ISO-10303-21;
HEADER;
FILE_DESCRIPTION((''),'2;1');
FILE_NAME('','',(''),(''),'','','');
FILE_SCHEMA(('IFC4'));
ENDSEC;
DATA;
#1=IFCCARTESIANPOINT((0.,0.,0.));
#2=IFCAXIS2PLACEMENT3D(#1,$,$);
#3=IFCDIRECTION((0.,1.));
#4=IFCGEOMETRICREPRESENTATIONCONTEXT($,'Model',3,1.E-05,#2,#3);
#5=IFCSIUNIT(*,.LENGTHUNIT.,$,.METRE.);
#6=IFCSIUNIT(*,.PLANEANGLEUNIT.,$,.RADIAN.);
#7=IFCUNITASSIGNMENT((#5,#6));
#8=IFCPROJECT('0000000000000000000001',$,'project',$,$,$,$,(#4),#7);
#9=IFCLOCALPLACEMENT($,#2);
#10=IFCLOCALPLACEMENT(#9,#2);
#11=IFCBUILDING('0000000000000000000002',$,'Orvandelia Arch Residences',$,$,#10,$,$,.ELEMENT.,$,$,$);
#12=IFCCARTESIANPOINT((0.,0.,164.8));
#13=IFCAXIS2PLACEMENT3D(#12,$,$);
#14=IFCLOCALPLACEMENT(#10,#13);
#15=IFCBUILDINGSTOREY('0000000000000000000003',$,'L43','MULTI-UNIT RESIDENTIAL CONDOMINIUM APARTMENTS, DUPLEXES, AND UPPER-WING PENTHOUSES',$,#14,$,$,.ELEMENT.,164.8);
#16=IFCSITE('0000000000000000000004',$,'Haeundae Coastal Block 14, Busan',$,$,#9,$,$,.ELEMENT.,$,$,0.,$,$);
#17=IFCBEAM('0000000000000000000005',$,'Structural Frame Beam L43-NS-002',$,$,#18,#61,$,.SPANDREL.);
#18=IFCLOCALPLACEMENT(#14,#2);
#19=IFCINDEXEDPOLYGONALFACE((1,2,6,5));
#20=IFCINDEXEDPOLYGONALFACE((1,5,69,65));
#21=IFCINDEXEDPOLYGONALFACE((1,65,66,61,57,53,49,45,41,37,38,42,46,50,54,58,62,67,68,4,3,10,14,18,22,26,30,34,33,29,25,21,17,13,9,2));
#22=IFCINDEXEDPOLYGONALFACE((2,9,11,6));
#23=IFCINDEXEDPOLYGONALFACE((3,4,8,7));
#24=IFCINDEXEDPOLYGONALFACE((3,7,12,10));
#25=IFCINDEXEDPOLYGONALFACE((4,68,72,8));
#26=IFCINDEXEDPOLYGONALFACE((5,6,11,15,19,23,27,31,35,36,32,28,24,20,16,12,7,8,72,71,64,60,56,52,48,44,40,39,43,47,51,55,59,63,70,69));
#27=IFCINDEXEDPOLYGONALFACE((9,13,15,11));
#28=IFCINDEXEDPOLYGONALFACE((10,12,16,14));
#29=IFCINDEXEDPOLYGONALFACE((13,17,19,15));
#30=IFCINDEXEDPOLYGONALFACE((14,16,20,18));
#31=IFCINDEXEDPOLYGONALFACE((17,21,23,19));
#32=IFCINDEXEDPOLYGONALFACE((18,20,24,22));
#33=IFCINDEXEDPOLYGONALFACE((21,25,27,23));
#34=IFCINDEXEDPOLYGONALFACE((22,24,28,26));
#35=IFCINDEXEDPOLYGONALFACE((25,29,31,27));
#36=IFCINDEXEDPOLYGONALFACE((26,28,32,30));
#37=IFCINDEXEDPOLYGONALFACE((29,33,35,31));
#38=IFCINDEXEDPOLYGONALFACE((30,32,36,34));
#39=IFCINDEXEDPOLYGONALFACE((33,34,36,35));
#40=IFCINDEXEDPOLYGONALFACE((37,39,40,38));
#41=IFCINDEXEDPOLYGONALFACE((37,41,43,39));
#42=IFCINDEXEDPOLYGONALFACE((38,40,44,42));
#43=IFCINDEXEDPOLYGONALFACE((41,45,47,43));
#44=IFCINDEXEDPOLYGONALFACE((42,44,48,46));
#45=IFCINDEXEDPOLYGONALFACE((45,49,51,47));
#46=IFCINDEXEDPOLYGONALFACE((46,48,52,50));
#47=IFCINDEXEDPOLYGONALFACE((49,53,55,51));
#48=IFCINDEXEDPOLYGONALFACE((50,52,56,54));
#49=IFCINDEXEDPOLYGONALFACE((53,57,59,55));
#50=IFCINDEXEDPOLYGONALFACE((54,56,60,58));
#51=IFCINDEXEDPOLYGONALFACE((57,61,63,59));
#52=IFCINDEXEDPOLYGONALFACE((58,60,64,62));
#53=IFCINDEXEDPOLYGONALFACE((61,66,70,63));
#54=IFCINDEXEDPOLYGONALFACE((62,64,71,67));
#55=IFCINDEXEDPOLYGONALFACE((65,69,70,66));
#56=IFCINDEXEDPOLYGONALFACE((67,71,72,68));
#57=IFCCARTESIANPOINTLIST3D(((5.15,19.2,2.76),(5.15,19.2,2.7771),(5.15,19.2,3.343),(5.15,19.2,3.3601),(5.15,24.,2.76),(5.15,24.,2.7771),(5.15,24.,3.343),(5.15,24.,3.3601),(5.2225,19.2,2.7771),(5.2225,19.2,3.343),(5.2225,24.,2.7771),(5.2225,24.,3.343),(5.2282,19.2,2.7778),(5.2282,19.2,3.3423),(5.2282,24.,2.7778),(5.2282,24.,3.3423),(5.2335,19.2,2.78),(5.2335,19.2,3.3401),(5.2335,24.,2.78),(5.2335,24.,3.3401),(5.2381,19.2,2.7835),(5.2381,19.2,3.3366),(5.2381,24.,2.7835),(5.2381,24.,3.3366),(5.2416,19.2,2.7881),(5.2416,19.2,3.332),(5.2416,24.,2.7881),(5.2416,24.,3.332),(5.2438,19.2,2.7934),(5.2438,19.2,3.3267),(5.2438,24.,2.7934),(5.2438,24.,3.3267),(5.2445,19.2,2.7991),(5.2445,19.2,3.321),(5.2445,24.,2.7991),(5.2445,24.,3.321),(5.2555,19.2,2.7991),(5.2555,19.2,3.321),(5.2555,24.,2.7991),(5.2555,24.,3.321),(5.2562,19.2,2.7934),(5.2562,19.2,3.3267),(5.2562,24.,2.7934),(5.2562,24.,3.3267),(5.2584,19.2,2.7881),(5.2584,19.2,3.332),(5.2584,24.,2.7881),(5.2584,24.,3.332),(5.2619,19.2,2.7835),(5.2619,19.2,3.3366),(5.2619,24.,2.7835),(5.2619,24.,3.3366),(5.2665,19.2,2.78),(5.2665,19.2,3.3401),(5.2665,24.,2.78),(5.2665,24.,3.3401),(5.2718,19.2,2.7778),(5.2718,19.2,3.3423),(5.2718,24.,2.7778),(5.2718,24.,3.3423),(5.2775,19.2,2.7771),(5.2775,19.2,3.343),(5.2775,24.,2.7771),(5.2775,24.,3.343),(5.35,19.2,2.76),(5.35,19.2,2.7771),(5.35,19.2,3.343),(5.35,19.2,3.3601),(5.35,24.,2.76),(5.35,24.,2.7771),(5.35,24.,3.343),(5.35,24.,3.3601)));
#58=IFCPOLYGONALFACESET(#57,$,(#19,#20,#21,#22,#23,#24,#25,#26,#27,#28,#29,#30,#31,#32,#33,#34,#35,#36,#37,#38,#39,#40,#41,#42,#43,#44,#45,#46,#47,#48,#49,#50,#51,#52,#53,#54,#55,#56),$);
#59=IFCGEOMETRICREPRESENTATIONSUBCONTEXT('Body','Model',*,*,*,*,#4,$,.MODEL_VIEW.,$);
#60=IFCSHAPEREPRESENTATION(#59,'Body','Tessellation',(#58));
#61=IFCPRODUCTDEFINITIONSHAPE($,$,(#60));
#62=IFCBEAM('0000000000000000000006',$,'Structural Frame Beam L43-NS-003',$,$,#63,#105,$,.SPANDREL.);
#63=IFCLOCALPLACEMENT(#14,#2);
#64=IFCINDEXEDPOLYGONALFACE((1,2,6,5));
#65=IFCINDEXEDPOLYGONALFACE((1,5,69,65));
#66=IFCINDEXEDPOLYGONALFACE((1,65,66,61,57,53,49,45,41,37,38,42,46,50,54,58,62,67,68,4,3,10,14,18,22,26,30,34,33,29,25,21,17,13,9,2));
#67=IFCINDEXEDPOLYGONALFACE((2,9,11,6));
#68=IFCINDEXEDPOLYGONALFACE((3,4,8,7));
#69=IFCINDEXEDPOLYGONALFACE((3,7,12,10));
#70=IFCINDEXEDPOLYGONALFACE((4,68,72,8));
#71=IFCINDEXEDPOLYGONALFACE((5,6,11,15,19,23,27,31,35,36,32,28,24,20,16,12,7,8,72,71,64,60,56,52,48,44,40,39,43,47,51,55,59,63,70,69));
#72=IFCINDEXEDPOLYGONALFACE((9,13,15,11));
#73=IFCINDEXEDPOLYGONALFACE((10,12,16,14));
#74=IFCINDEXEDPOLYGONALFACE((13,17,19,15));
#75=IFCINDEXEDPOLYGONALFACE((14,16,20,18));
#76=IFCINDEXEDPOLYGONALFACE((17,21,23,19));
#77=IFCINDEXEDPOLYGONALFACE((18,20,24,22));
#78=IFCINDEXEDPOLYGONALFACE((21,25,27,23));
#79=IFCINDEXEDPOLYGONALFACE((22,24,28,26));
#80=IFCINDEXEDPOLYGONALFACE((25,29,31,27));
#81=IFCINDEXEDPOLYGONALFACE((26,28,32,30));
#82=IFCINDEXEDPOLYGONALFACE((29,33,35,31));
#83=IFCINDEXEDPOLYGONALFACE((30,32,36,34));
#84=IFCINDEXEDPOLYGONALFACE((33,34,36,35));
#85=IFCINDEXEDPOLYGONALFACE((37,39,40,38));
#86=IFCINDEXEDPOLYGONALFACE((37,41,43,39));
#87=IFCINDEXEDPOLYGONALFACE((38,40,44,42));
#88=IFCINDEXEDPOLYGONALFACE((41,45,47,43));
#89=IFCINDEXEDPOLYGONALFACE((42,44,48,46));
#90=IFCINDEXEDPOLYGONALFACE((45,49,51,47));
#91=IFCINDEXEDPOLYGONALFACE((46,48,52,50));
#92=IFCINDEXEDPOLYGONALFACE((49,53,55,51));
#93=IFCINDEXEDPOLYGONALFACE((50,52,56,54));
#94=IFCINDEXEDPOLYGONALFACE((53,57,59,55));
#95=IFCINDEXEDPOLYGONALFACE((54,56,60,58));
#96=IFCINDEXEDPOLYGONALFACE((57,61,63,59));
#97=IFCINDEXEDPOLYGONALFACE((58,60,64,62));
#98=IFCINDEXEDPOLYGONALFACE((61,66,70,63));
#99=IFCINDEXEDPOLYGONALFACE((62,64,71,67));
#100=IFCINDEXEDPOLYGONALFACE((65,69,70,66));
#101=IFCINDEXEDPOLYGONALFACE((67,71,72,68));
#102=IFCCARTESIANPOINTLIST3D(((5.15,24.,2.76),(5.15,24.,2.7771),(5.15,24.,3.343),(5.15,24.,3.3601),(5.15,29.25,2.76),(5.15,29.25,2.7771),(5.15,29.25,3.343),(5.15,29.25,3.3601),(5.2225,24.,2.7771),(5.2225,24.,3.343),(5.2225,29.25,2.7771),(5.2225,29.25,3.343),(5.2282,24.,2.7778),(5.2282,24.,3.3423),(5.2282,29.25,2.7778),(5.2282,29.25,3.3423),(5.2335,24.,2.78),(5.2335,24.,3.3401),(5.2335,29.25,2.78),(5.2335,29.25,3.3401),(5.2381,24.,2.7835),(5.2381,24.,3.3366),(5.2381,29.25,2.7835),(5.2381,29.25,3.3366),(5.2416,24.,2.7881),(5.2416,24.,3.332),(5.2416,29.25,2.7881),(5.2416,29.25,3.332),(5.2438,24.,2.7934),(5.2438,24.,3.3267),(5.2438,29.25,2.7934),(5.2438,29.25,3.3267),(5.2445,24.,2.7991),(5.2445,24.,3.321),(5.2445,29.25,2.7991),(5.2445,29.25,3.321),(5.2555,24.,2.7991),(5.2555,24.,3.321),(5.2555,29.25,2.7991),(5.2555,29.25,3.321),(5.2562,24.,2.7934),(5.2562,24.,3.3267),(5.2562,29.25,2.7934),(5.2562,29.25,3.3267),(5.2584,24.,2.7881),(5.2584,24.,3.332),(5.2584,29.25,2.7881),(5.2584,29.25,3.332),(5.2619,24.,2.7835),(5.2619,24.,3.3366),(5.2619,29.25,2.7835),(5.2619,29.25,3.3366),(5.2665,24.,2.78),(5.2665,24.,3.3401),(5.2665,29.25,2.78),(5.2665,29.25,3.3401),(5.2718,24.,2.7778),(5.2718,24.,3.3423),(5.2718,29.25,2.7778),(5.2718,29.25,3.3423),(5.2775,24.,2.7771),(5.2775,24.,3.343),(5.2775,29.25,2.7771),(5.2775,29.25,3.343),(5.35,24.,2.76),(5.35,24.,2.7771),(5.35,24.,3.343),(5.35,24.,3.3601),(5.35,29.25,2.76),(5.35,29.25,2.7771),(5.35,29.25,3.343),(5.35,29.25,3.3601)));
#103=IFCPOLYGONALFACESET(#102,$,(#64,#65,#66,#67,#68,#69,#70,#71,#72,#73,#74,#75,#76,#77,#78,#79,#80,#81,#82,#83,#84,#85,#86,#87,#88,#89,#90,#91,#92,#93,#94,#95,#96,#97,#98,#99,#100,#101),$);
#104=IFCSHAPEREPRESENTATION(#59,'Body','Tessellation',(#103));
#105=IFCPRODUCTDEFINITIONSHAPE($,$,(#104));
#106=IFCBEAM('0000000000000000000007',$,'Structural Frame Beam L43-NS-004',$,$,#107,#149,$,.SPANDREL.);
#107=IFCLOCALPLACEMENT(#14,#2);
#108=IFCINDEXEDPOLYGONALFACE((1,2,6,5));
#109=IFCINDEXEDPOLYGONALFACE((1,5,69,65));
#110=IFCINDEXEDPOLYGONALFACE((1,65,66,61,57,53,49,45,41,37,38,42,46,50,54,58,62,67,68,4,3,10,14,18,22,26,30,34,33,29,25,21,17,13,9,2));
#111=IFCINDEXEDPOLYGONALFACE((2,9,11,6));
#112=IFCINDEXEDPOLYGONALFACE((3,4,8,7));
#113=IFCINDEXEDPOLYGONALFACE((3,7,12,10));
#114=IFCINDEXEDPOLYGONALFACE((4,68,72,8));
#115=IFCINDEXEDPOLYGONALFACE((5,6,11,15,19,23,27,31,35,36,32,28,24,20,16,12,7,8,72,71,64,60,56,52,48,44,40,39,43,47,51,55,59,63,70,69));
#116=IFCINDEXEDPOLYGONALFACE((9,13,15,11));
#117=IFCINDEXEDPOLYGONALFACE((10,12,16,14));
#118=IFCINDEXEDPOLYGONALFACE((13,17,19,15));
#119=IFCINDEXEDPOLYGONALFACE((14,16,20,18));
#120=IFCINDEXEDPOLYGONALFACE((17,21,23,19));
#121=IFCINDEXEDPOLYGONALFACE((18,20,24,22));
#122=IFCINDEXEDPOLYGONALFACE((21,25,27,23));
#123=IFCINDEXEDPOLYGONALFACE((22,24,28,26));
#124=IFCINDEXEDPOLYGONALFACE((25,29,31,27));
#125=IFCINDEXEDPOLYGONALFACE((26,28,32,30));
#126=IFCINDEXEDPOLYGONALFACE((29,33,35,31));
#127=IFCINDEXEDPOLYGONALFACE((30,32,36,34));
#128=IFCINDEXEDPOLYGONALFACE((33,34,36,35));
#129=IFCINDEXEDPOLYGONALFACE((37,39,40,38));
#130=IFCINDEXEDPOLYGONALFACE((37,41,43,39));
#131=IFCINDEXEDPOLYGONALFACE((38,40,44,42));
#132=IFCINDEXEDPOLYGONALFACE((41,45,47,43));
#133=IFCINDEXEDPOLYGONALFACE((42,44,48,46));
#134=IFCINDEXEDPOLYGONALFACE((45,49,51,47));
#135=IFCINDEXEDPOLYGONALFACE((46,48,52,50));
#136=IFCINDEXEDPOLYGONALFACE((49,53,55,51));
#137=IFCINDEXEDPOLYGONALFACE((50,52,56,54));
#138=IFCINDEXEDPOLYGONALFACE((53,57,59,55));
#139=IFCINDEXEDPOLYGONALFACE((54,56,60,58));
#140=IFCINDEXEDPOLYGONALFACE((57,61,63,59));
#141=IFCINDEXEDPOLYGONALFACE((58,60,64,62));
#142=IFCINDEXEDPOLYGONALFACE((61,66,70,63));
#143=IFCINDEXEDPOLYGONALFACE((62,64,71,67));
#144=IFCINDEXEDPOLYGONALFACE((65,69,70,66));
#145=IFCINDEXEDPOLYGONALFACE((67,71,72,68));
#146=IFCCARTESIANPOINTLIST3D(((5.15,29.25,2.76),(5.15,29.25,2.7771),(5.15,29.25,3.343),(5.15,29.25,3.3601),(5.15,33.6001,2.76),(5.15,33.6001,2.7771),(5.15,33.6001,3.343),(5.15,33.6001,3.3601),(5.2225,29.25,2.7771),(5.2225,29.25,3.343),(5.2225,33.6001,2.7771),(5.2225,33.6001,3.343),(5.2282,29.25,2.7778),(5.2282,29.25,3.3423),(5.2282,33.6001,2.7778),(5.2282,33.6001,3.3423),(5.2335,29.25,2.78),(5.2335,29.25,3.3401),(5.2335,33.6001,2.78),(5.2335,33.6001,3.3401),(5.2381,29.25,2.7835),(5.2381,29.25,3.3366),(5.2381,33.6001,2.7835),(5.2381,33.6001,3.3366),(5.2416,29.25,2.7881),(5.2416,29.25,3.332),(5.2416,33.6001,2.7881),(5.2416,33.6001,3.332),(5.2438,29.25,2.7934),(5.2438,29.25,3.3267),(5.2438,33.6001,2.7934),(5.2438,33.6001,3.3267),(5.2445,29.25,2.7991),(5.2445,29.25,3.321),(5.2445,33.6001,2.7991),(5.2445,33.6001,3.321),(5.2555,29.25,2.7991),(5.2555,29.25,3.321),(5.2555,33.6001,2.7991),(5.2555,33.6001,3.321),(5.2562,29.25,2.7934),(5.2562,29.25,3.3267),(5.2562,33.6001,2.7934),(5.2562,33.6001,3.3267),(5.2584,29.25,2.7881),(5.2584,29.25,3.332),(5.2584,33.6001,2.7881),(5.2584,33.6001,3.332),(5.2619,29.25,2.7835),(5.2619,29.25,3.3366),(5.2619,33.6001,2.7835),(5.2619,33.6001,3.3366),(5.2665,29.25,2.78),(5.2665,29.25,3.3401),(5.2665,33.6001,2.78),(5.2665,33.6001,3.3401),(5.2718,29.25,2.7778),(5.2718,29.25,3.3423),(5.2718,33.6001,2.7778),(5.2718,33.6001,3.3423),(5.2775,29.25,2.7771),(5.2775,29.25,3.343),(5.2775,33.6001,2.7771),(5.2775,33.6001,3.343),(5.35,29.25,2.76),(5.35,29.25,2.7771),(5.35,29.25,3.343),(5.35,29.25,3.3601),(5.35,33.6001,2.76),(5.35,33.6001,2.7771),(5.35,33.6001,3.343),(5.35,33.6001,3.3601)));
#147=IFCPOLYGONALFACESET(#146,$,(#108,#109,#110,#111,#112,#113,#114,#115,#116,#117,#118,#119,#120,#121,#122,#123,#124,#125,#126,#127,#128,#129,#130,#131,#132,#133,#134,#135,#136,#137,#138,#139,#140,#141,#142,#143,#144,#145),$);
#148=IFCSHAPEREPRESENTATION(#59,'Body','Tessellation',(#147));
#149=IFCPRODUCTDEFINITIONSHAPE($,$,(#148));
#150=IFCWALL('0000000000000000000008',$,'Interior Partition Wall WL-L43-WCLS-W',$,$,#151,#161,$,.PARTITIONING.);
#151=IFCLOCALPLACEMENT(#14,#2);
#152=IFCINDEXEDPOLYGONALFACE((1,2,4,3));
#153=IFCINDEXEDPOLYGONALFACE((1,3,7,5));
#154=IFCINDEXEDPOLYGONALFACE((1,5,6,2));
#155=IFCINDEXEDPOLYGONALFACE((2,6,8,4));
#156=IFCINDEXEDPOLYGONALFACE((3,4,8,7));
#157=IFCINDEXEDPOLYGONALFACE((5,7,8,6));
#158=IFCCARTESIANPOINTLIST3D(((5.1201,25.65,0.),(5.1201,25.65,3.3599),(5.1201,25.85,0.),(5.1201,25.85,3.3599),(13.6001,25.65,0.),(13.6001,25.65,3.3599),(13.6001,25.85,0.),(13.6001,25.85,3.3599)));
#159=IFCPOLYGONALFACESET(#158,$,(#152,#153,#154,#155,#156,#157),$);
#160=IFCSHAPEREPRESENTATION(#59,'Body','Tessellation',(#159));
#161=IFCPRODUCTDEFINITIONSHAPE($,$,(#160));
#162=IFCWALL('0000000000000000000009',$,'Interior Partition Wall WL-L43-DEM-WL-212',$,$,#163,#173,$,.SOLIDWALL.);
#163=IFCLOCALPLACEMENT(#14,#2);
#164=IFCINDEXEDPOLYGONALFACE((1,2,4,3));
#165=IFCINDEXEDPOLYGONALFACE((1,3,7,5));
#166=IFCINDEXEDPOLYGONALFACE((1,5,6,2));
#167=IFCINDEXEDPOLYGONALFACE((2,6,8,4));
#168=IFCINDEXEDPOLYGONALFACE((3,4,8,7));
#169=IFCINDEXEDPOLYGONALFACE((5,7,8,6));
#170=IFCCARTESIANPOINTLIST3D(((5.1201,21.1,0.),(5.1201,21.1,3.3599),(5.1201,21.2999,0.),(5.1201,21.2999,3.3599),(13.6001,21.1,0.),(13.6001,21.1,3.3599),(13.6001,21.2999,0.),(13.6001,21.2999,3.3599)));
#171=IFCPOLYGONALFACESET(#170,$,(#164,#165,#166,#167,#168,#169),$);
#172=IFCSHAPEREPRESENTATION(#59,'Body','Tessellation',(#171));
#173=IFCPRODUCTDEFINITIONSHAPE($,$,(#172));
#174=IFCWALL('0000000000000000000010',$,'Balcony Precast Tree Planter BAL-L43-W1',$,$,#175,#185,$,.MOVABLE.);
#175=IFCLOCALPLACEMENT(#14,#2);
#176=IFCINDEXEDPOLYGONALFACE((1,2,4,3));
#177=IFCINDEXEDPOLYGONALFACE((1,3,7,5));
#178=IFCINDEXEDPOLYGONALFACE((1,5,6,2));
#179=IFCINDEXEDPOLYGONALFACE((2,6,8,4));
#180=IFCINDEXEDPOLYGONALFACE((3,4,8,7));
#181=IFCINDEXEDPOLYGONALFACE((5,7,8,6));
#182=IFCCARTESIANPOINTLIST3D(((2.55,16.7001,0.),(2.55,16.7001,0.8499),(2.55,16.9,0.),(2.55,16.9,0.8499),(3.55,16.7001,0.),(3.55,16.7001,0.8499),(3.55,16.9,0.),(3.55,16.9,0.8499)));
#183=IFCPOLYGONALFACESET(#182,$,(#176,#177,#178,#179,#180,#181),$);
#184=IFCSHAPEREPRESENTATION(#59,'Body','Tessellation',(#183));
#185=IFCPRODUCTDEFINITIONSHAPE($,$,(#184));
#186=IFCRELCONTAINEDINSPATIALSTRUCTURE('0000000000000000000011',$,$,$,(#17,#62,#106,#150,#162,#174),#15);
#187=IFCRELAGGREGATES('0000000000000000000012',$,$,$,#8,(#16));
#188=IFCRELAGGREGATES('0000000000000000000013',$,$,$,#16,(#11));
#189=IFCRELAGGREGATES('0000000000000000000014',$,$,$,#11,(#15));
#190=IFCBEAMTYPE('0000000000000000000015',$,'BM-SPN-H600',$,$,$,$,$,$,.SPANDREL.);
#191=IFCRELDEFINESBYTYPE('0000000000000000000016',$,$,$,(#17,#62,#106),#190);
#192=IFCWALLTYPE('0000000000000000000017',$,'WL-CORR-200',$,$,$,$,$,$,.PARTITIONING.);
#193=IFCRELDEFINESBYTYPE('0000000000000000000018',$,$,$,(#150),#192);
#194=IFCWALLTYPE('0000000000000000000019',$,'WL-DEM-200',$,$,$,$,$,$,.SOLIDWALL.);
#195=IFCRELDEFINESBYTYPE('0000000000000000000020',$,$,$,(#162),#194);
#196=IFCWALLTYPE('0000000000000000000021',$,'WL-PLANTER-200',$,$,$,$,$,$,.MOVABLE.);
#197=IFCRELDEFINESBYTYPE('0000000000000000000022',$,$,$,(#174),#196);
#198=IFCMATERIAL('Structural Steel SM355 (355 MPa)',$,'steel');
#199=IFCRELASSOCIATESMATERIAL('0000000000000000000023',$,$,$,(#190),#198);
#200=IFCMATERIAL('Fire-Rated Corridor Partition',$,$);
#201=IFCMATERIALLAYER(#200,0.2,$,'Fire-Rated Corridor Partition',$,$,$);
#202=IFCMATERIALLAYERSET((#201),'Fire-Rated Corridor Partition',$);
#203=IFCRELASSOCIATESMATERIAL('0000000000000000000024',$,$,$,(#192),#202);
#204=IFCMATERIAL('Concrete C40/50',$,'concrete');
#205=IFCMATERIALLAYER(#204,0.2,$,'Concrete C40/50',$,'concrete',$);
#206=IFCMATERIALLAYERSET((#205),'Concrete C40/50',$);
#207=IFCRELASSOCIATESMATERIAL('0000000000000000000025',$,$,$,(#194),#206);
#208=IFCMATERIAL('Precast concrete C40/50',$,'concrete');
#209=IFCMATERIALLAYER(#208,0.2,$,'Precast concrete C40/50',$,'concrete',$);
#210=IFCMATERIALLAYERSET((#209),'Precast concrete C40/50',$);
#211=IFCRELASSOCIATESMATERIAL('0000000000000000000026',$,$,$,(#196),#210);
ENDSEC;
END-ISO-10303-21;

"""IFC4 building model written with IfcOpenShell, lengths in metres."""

from ifc_helpers import new_model, si_unit, direction, frame, frame_2d, origin, origin_2d, place, context, subcontext, project, spatial, rectangle, i_section, extrude, material, layer, layer_set, material_profile, profile_set, type_object, element, save


model = new_model("IFC4")

# Units and contexts
model_context = context("Model", 3, precision=1e-05, world=origin(), true_north=direction((0.0, 1.0)))
body_context = subcontext(model_context, "Body", "Model", "MODEL_VIEW")
ifc_project = project(units=[si_unit("LENGTHUNIT", "METRE"), si_unit("PLANEANGLEUNIT", "RADIAN")], contexts=[model_context])

# Site, building, storey
site_placement = place(None, origin())
site = spatial("IfcSite", under=ifc_project, at=site_placement, Name="Haeundae Coastal Block 14, Busan", CompositionType="ELEMENT", RefElevation=0.0)
building_placement = place(site_placement, origin())
building = spatial("IfcBuilding", under=site, at=building_placement, Name="Orvandelia Arch Residences", CompositionType="ELEMENT")
storey_placement = place(building_placement, frame((0.0, 0.0, 164.8)))
storey = spatial("IfcBuildingStorey", under=building, at=storey_placement, Name="L43", Description="MULTI-UNIT RESIDENTIAL CONDOMINIUM APARTMENTS, DUPLEXES, AND UPPER-WING PENTHOUSES", CompositionType="ELEMENT", Elevation=164.8)

# Beams
ifc_material_1 = material(Name="Structural Steel SM355 (355 MPa)", Category="steel")
ifc_material_profile_1 = material_profile(ifc_material_1, i_section(OverallWidth=0.2, OverallDepth=0.6001, WebThickness=0.011, FlangeThickness=0.0171, FilletRadius=0.022, at=origin_2d()), Name="Structural Steel SM355 (355 MPa)", Category="steel")
ifc_profile_set_1 = profile_set([ifc_material_profile_1], Name="Structural Steel SM355 (355 MPa)")
beam_type_1 = type_object("IfcBeamType", Name="BM-SPN-H600", PredefinedType="SPANDREL", material=ifc_profile_set_1)
beam_1_placement = place(storey_placement, frame((5.25, 19.2, 3.0601), z_axis=(0.0, 1.0, 0.0), x_axis=(-1.0, 0.0, 0.0)))
element("IfcBeam", 1, at=beam_1_placement, inside=storey, type_object=beam_type_1, Name="Structural Frame Beam L43-NS-002", PredefinedType="SPANDREL", context=body_context, shape_type="SweptSolid", body=[
    extrude(i_section(OverallWidth=0.2, OverallDepth=0.6001, WebThickness=0.011, FlangeThickness=0.0171, FilletRadius=0.022, at=origin_2d()), origin(), (0.0, 0.0, 1.0), 4.8),
])
beam_2_placement = place(storey_placement, frame((5.25, 24.0, 3.0601), z_axis=(0.0, 1.0, 0.0), x_axis=(-1.0, 0.0, 0.0)))
element("IfcBeam", 2, at=beam_2_placement, inside=storey, type_object=beam_type_1, Name="Structural Frame Beam L43-NS-003", PredefinedType="SPANDREL", context=body_context, shape_type="SweptSolid", body=[
    extrude(i_section(OverallWidth=0.2, OverallDepth=0.6001, WebThickness=0.011, FlangeThickness=0.0171, FilletRadius=0.022, at=origin_2d()), origin(), (0.0, 0.0, 1.0), 5.25),
])
beam_3_placement = place(storey_placement, frame((5.25, 29.25, 3.0601), z_axis=(0.0, 1.0, 0.0), x_axis=(-1.0, 0.0, 0.0)))
element("IfcBeam", 3, at=beam_3_placement, inside=storey, type_object=beam_type_1, Name="Structural Frame Beam L43-NS-004", PredefinedType="SPANDREL", context=body_context, shape_type="SweptSolid", body=[
    extrude(i_section(OverallWidth=0.2, OverallDepth=0.6001, WebThickness=0.011, FlangeThickness=0.0171, FilletRadius=0.022, at=origin_2d()), origin(), (0.0, 0.0, 1.0), 4.3501),
])

# Walls
ifc_material_2 = material(Name="Fire-Rated Corridor Partition")
ifc_layer_1 = layer(ifc_material_2, 0.2, Name="Fire-Rated Corridor Partition")
ifc_layer_set_1 = layer_set([ifc_layer_1], Name="Fire-Rated Corridor Partition")
wall_type_1 = type_object("IfcWallType", Name="WL-CORR-200", PredefinedType="PARTITIONING", material=ifc_layer_set_1)
wall_1_placement = place(storey_placement, frame((5.1201, 25.75, 0.0), z_axis=(0.0, 0.0, 1.0), x_axis=(1.0, 0.0, 0.0)))
element("IfcWall", 4, at=wall_1_placement, inside=storey, type_object=wall_type_1, Name="Interior Partition Wall WL-L43-WCLS-W", PredefinedType="PARTITIONING", context=body_context, shape_type="SweptSolid", body=[
    extrude(rectangle(XDim=8.48, YDim=0.2, at=frame_2d((4.24, 0.0))), origin(), (0.0, 0.0, 1.0), 3.3599),
])
ifc_material_3 = material(Name="Concrete C40/50", Category="concrete")
ifc_layer_2 = layer(ifc_material_3, 0.2, Name="Concrete C40/50", Category="concrete")
ifc_layer_set_2 = layer_set([ifc_layer_2], Name="Concrete C40/50")
wall_type_2 = type_object("IfcWallType", Name="WL-DEM-200", PredefinedType="SOLIDWALL", material=ifc_layer_set_2)
wall_2_placement = place(storey_placement, frame((5.1201, 21.2, 0.0), z_axis=(0.0, 0.0, 1.0), x_axis=(1.0, 0.0, 0.0)))
element("IfcWall", 5, at=wall_2_placement, inside=storey, type_object=wall_type_2, Name="Interior Partition Wall WL-L43-DEM-WL-212", PredefinedType="SOLIDWALL", context=body_context, shape_type="SweptSolid", body=[
    extrude(rectangle(XDim=8.48, YDim=0.2, at=frame_2d((4.24, 0.0))), origin(), (0.0, 0.0, 1.0), 3.3599),
])
ifc_material_4 = material(Name="Precast concrete C40/50", Category="concrete")
ifc_layer_3 = layer(ifc_material_4, 0.2, Name="Precast concrete C40/50", Category="concrete")
ifc_layer_set_3 = layer_set([ifc_layer_3], Name="Precast concrete C40/50")
wall_type_3 = type_object("IfcWallType", Name="WL-PLANTER-200", PredefinedType="MOVABLE", material=ifc_layer_set_3)
wall_3_placement = place(storey_placement, frame((2.55, 16.8, 0.0), z_axis=(0.0, 0.0, 1.0), x_axis=(1.0, 0.0, 0.0)))
element("IfcWall", 6, at=wall_3_placement, inside=storey, type_object=wall_type_3, Name="Balcony Precast Tree Planter BAL-L43-W1", PredefinedType="MOVABLE", context=body_context, shape_type="SweptSolid", body=[
    extrude(rectangle(XDim=1.0, YDim=0.2, at=frame_2d((0.5, 0.0))), origin(), (0.0, 0.0, 1.0), 0.8499),
])

save(model, "model.ifc")
